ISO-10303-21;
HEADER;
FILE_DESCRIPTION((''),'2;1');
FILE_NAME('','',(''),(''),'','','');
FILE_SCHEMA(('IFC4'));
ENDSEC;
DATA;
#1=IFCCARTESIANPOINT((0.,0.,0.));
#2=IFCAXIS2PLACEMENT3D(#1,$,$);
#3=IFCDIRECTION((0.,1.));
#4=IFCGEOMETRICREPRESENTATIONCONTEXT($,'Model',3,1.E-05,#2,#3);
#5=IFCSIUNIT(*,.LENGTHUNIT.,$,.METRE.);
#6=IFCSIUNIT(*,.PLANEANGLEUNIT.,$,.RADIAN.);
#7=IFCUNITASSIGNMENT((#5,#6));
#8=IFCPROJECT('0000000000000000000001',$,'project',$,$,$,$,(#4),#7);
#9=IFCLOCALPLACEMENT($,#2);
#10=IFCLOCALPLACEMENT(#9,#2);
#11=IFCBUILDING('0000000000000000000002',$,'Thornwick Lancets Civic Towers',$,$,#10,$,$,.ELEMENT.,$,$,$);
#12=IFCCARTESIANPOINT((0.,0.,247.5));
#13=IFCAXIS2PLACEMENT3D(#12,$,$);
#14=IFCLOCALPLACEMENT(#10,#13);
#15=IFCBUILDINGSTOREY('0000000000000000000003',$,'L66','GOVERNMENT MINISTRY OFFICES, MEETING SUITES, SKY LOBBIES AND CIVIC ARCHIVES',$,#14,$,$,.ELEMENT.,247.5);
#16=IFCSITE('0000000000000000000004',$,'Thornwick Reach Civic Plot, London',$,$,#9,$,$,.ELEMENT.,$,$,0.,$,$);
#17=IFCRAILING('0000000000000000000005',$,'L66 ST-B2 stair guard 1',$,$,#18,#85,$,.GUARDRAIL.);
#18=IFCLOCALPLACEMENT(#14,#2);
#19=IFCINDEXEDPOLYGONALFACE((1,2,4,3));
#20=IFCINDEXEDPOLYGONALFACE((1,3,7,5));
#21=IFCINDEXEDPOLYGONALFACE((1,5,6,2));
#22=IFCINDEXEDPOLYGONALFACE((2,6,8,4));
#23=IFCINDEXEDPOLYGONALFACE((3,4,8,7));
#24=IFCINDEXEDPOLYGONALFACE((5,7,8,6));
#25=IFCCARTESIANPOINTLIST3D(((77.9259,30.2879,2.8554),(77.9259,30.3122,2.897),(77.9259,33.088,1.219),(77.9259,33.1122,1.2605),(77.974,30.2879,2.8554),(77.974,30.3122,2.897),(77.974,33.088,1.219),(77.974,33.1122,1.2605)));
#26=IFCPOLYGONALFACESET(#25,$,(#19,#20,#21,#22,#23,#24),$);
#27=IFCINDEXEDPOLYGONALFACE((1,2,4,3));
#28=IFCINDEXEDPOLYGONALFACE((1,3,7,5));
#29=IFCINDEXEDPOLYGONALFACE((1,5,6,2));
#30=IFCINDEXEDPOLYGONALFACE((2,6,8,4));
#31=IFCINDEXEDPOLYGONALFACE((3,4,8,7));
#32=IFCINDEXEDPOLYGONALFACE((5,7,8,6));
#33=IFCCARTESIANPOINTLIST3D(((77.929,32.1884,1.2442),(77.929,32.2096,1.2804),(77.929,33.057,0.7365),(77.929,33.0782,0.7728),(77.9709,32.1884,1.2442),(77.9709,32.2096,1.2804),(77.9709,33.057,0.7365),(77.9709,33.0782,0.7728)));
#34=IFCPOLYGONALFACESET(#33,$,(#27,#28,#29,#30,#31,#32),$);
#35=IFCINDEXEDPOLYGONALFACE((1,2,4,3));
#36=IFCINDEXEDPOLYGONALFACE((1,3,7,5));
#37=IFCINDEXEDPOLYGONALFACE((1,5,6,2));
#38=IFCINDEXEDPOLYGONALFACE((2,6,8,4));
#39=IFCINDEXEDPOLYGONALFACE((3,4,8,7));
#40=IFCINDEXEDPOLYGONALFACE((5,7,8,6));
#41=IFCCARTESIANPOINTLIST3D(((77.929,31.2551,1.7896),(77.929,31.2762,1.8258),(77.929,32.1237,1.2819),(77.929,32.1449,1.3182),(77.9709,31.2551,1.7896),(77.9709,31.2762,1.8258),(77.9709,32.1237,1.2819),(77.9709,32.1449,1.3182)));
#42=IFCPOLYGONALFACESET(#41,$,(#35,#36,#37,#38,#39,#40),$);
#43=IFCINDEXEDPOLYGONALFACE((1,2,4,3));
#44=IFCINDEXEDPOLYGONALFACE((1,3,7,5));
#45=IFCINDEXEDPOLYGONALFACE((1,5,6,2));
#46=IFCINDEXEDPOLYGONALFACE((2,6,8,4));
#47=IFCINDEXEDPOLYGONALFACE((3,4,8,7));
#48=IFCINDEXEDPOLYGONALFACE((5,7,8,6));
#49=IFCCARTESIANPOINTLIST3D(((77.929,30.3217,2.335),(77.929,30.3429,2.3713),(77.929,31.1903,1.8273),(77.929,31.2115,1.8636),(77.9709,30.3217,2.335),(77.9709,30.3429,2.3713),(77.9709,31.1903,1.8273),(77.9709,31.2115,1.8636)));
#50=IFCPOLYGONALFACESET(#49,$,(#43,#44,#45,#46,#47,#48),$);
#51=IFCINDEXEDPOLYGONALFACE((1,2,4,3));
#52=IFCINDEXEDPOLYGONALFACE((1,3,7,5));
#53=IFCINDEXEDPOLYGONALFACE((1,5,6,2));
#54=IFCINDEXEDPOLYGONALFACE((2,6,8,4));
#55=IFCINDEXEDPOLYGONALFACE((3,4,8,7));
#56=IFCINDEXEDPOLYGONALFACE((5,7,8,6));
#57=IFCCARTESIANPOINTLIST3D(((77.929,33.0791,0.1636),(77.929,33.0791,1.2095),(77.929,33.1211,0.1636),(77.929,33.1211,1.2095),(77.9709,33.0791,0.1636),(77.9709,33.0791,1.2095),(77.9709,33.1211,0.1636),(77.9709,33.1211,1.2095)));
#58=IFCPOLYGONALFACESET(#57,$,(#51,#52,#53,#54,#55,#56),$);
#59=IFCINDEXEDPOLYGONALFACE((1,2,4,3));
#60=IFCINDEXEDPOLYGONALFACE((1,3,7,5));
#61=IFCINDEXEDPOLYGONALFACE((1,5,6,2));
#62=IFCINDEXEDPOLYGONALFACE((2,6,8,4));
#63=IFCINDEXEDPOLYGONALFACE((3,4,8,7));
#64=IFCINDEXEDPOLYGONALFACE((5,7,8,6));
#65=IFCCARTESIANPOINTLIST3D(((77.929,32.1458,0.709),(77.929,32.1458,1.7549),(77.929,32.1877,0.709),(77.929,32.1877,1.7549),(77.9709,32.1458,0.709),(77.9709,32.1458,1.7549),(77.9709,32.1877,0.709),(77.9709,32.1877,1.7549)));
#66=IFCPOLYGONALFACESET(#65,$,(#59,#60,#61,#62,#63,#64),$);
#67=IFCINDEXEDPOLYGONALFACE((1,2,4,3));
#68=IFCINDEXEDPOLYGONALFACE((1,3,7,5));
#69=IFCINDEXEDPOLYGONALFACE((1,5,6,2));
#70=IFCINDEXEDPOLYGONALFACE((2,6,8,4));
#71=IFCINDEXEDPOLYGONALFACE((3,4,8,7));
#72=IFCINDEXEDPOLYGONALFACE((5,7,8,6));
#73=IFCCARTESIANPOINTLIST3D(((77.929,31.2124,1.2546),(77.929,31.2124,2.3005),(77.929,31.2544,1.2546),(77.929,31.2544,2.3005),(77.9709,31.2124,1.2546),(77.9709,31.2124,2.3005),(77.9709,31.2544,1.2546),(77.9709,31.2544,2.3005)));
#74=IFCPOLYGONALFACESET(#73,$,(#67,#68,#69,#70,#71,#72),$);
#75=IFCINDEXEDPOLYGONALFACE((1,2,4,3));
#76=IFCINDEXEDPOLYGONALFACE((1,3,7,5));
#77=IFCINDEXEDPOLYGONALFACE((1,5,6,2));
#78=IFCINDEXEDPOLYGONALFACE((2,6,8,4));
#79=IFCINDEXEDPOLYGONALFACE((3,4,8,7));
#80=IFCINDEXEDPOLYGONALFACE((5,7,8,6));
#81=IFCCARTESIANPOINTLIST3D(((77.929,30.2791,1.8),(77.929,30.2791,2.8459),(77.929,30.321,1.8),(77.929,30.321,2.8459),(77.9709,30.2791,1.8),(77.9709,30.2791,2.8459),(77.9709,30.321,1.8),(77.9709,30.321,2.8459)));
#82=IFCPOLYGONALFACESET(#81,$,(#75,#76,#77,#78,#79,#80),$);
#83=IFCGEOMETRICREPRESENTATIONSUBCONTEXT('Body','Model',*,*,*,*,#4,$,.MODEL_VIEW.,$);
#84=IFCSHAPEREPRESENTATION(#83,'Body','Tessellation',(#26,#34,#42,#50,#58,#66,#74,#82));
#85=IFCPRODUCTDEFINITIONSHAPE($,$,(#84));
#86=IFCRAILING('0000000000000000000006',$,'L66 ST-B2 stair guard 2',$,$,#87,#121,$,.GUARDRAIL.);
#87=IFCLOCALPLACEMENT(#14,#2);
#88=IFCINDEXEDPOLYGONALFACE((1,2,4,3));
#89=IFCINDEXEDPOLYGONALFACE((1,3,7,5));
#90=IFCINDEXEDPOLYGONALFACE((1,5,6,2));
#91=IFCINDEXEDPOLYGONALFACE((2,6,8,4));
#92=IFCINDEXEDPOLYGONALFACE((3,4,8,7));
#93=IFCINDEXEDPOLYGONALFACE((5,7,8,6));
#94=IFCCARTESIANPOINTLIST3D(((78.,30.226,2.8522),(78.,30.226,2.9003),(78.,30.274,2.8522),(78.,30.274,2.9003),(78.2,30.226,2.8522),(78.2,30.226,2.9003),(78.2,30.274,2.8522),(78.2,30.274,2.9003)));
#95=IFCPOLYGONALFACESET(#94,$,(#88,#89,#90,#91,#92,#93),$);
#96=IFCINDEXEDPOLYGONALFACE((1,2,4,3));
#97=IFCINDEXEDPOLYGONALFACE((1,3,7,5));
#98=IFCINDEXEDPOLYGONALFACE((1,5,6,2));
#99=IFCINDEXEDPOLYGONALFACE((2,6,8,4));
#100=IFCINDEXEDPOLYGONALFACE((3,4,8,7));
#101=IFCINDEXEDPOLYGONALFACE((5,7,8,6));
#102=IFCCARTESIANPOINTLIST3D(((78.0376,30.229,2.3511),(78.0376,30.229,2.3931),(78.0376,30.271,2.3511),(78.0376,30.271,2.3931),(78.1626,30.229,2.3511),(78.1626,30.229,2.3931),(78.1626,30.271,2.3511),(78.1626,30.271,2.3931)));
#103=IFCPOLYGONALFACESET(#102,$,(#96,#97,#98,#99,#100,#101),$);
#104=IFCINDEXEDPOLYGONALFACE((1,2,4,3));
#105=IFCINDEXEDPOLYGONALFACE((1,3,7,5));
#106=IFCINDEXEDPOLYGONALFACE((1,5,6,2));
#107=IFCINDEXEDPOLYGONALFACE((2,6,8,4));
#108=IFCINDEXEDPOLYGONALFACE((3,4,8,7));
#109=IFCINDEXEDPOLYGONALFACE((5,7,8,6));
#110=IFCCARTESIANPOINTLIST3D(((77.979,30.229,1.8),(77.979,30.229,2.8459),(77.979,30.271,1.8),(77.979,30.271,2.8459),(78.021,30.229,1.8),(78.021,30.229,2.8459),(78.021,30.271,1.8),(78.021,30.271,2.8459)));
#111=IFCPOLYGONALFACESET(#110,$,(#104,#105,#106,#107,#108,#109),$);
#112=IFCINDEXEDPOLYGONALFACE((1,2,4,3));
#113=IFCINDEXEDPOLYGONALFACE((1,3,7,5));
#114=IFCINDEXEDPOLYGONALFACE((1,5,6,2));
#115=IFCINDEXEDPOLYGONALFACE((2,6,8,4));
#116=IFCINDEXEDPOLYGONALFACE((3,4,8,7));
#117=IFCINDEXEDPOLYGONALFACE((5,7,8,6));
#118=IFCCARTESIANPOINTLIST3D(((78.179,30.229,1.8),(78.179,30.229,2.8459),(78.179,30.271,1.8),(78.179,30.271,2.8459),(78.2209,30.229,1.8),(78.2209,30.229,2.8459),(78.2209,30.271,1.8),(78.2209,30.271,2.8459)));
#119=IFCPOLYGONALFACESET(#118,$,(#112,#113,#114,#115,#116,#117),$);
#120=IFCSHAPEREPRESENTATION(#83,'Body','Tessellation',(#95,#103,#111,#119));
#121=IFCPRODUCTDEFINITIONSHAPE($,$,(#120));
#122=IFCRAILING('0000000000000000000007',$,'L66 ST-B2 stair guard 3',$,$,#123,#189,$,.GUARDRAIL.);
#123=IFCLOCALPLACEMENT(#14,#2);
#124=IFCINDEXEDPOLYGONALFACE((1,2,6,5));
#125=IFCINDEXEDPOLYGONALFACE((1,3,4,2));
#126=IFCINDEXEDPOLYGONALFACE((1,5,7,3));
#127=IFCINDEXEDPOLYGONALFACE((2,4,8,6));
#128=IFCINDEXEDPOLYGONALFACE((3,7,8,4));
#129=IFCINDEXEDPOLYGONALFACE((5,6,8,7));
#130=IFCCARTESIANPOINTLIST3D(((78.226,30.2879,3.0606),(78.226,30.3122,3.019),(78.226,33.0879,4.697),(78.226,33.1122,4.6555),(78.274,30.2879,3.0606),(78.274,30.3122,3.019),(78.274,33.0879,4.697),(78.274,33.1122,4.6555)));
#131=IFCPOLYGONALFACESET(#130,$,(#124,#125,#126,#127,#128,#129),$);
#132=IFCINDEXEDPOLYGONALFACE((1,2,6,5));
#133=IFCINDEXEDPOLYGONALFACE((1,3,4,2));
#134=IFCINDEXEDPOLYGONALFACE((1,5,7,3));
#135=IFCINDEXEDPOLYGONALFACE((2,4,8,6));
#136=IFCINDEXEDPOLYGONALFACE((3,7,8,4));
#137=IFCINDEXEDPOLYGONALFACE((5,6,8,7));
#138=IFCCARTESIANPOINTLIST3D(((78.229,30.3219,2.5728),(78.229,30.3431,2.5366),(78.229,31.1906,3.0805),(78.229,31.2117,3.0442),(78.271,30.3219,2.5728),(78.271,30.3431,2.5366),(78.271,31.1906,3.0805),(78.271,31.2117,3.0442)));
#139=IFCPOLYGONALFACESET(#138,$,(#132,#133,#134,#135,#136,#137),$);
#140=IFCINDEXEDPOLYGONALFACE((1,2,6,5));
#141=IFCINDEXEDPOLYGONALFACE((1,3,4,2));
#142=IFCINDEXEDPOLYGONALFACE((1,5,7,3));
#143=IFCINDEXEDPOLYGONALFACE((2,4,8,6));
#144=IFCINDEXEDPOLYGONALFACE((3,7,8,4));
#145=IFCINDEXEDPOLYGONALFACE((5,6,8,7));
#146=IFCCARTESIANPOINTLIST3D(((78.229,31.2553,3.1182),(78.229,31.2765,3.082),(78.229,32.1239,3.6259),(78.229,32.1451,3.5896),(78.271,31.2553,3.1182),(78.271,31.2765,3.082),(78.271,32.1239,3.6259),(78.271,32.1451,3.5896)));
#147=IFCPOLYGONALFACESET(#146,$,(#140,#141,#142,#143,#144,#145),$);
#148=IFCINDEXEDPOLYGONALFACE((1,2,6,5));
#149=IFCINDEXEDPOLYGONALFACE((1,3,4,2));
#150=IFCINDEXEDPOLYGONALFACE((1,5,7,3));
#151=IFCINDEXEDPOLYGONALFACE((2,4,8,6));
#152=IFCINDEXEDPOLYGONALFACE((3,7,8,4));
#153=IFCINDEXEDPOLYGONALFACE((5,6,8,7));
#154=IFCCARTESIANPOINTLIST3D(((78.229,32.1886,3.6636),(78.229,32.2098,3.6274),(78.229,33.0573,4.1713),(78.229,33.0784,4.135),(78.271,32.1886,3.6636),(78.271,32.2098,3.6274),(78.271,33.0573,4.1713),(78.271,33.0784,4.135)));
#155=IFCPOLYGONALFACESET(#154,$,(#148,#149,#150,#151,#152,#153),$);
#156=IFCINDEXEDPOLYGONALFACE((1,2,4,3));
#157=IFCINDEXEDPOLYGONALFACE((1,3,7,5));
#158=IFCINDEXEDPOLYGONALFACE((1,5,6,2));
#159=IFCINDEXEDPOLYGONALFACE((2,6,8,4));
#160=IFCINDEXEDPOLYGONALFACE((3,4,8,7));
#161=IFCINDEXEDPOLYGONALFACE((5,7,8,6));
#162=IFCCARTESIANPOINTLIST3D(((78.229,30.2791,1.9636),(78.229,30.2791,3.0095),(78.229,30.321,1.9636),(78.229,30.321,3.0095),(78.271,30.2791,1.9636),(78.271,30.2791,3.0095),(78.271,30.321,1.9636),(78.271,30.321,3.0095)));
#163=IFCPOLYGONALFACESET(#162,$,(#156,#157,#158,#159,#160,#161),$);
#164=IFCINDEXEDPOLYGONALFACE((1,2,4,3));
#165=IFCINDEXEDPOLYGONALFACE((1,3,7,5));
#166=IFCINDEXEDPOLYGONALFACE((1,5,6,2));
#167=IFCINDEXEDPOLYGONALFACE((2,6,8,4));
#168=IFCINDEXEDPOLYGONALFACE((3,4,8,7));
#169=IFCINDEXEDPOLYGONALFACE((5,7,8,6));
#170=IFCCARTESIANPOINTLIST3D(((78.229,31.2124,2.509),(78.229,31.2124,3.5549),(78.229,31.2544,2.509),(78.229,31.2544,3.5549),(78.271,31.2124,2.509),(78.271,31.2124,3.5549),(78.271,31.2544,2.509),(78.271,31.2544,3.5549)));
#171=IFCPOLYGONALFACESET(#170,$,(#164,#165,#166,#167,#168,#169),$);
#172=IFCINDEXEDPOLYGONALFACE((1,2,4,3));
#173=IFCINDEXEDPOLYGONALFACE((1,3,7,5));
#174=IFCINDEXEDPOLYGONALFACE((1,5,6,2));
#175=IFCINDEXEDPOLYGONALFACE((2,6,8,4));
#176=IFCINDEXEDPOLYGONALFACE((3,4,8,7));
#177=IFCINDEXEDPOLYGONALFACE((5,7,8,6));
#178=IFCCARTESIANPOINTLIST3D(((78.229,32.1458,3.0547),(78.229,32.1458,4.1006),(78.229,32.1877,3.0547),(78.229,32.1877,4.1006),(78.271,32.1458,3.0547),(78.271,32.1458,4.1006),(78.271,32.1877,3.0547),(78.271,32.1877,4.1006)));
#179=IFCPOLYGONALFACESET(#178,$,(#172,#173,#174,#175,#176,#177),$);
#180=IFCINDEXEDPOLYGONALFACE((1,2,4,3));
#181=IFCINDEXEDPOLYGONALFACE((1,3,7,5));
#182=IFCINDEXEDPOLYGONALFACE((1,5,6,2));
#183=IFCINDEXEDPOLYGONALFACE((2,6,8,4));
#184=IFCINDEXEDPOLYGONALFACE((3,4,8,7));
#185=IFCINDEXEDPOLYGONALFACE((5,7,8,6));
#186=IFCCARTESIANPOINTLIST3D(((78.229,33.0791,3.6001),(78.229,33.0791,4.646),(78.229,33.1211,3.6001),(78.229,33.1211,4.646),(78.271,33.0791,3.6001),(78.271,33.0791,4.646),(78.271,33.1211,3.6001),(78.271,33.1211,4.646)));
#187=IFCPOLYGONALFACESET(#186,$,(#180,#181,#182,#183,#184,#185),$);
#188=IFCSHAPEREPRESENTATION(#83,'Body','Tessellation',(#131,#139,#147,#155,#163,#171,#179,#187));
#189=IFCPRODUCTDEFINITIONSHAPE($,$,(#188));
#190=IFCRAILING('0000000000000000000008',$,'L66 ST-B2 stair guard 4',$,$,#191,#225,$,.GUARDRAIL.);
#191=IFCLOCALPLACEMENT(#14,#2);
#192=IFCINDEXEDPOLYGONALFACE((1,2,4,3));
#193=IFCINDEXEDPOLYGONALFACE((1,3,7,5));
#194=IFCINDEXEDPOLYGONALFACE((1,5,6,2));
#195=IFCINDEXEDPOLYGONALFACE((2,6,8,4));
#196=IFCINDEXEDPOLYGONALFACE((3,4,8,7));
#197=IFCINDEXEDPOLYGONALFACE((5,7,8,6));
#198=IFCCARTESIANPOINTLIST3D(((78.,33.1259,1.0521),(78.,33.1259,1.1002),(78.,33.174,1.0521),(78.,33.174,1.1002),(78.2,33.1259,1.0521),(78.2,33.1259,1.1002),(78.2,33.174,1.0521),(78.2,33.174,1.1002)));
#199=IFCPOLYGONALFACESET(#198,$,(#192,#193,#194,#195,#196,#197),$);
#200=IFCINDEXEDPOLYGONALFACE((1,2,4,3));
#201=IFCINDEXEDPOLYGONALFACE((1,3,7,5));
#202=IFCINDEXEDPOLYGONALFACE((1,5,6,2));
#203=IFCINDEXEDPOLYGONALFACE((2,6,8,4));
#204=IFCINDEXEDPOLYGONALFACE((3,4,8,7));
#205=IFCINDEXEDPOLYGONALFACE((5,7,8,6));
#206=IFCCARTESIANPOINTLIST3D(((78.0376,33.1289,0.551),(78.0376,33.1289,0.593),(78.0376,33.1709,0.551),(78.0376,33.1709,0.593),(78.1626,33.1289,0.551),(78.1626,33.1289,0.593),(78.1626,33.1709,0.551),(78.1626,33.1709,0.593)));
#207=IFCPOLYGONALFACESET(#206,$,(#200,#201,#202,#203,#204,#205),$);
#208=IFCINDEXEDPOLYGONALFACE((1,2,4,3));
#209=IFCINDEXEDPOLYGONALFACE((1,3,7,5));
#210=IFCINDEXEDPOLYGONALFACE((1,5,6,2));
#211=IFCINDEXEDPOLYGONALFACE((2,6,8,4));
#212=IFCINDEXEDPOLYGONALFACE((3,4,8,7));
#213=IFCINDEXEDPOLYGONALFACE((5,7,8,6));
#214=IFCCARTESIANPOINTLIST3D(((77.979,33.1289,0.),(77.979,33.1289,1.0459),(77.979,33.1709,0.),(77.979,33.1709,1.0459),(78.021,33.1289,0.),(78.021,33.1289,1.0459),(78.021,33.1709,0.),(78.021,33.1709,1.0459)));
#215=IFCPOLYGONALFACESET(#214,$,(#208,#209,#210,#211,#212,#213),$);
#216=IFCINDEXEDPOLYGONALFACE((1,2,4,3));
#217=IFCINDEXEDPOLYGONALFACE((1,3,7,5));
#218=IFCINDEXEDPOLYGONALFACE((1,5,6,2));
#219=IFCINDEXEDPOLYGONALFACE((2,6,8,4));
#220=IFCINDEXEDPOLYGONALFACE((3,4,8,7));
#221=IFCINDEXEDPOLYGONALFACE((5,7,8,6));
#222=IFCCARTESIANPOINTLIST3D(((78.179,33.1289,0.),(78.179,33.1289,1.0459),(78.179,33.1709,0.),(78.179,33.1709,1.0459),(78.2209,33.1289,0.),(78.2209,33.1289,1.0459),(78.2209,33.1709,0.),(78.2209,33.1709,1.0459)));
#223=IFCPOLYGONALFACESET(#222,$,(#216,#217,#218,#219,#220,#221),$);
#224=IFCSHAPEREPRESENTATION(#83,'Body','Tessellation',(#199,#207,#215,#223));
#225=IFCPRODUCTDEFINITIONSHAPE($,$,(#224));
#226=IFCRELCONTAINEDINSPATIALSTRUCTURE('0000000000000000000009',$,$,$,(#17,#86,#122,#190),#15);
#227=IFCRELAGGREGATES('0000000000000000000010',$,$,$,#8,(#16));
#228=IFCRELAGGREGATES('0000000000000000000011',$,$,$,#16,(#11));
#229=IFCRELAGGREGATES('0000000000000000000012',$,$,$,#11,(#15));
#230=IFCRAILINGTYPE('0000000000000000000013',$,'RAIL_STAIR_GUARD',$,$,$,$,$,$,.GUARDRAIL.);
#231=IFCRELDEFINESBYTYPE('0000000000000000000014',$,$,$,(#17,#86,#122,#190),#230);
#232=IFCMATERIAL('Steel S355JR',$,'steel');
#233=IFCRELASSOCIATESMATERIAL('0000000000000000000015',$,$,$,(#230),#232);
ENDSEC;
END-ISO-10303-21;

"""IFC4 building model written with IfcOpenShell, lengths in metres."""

from ifc_helpers import new_model, si_unit, direction, frame, origin, origin_2d, place, context, subcontext, project, spatial, rectangle, extrude, material, type_object, element, save


model = new_model("IFC4")

# Units and contexts
model_context = context("Model", 3, precision=1e-05, world=origin(), true_north=direction((0.0, 1.0)))
body_context = subcontext(model_context, "Body", "Model", "MODEL_VIEW")
ifc_project = project(units=[si_unit("LENGTHUNIT", "METRE"), si_unit("PLANEANGLEUNIT", "RADIAN")], contexts=[model_context])

# Site, building, storey
site_placement = place(None, origin())
site = spatial("IfcSite", under=ifc_project, at=site_placement, Name="Thornwick Reach Civic Plot, London", CompositionType="ELEMENT", RefElevation=0.0)
building_placement = place(site_placement, origin())
building = spatial("IfcBuilding", under=site, at=building_placement, Name="Thornwick Lancets Civic Towers", CompositionType="ELEMENT")
storey_placement = place(building_placement, frame((0.0, 0.0, 247.5)))
storey = spatial("IfcBuildingStorey", under=building, at=storey_placement, Name="L66", Description="GOVERNMENT MINISTRY OFFICES, MEETING SUITES, SKY LOBBIES AND CIVIC ARCHIVES", CompositionType="ELEMENT", Elevation=247.5)

# Shared definitions
ifc_material_1 = material(Name="Steel S355JR", Category="steel")

# Railings
railing_type_1 = type_object("IfcRailingType", Name="RAIL_STAIR_GUARD", PredefinedType="GUARDRAIL", material=ifc_material_1)
railing_1_placement = place(storey_placement, frame((77.95, 33.1001, 0.1636)))
element("IfcRailing", 1, at=railing_1_placement, inside=storey, type_object=railing_type_1, Name="L66 ST-B2 stair guard 1", PredefinedType="GUARDRAIL", context=body_context, shape_type="SweptSolid", body=[
    extrude(rectangle(XDim=0.0481, YDim=0.0481, at=origin_2d()), frame((0.0, 0.0, 1.0762), z_axis=(0.0, -0.863361, 0.504587), x_axis=(1.0, 0.0, 0.0)), (0.0, 0.0, 1.0), 3.2432),
    extrude(rectangle(XDim=0.042, YDim=0.042, at=origin_2d()), frame((0.0, -0.0325, 0.5911), z_axis=(0.0, -0.863361, 0.504587), x_axis=(1.0, 0.0, 0.0)), (0.0, 0.0, 1.0), 1.0061),
    extrude(rectangle(XDim=0.042, YDim=0.042, at=origin_2d()), frame((0.0, -0.9658, 1.1365), z_axis=(0.0, -0.863361, 0.504587), x_axis=(1.0, 0.0, 0.0)), (0.0, 0.0, 1.0), 1.0061),
    extrude(rectangle(XDim=0.042, YDim=0.042, at=origin_2d()), frame((0.0, -1.8992, 1.6819), z_axis=(0.0, -0.863361, 0.504587), x_axis=(1.0, 0.0, 0.0)), (0.0, 0.0, 1.0), 1.0061),
    extrude(rectangle(XDim=0.042, YDim=0.042, at=origin_2d()), origin(), (0.0, 0.0, 1.0), 1.0459),
    extrude(rectangle(XDim=0.042, YDim=0.042, at=origin_2d()), frame((0.0, -0.9333, 0.5454)), (0.0, 0.0, 1.0), 1.0459),
    extrude(rectangle(XDim=0.042, YDim=0.042, at=origin_2d()), frame((0.0, -1.8667, 1.0911)), (0.0, 0.0, 1.0), 1.0459),
    extrude(rectangle(XDim=0.042, YDim=0.042, at=origin_2d()), frame((0.0, -2.8, 1.6365)), (0.0, 0.0, 1.0), 1.0459),
])
railing_2_placement = place(storey_placement, frame((78.0, 30.25, 1.8)))
element("IfcRailing", 2, at=railing_2_placement, inside=storey, type_object=railing_type_1, Name="L66 ST-B2 stair guard 2", PredefinedType="GUARDRAIL", context=body_context, shape_type="SweptSolid", body=[
    extrude(rectangle(XDim=0.0481, YDim=0.0481, at=origin_2d()), frame((0.0, 0.0, 1.0762), z_axis=(1.0, 0.0, 0.0), x_axis=(0.0, 1.0, 0.0)), (0.0, 0.0, 1.0), 0.2),
    extrude(rectangle(XDim=0.042, YDim=0.042, at=origin_2d()), frame((0.0376, 0.0, 0.572), z_axis=(1.0, 0.0, 0.0), x_axis=(0.0, 1.0, 0.0)), (0.0, 0.0, 1.0), 0.125),
    extrude(rectangle(XDim=0.042, YDim=0.042, at=origin_2d()), origin(), (0.0, 0.0, 1.0), 1.0459),
    extrude(rectangle(XDim=0.042, YDim=0.042, at=origin_2d()), frame((0.2, 0.0, 0.0)), (0.0, 0.0, 1.0), 1.0459),
])
railing_3_placement = place(storey_placement, frame((78.25, 30.3, 1.9636)))
element("IfcRailing", 3, at=railing_3_placement, inside=storey, type_object=railing_type_1, Name="L66 ST-B2 stair guard 3", PredefinedType="GUARDRAIL", context=body_context, shape_type="SweptSolid", body=[
    extrude(rectangle(XDim=0.0481, YDim=0.0481, at=origin_2d()), frame((0.0, 0.0, 1.0762), z_axis=(0.0, 0.863361, 0.504587), x_axis=(-1.0, 0.0, 0.0)), (0.0, 0.0, 1.0), 3.2432),
    extrude(rectangle(XDim=0.042, YDim=0.042, at=origin_2d()), frame((0.0, 0.0325, 0.5911), z_axis=(0.0, 0.863361, 0.504587), x_axis=(-1.0, 0.0, 0.0)), (0.0, 0.0, 1.0), 1.0061),
    extrude(rectangle(XDim=0.042, YDim=0.042, at=origin_2d()), frame((0.0, 0.9658, 1.1365), z_axis=(0.0, 0.863361, 0.504587), x_axis=(-1.0, 0.0, 0.0)), (0.0, 0.0, 1.0), 1.0061),
    extrude(rectangle(XDim=0.042, YDim=0.042, at=origin_2d()), frame((0.0, 1.8992, 1.6819), z_axis=(0.0, 0.863361, 0.504587), x_axis=(-1.0, 0.0, 0.0)), (0.0, 0.0, 1.0), 1.0061),
    extrude(rectangle(XDim=0.042, YDim=0.042, at=origin_2d()), origin(), (0.0, 0.0, 1.0), 1.0459),
    extrude(rectangle(XDim=0.042, YDim=0.042, at=origin_2d()), frame((0.0, 0.9333, 0.5454)), (0.0, 0.0, 1.0), 1.0459),
    extrude(rectangle(XDim=0.042, YDim=0.042, at=origin_2d()), frame((0.0, 1.8667, 1.0911)), (0.0, 0.0, 1.0), 1.0459),
    extrude(rectangle(XDim=0.042, YDim=0.042, at=origin_2d()), frame((0.0, 2.8, 1.6365)), (0.0, 0.0, 1.0), 1.0459),
])
railing_4_placement = place(storey_placement, frame((78.0, 33.1499, 0.0)))
element("IfcRailing", 4, at=railing_4_placement, inside=storey, type_object=railing_type_1, Name="L66 ST-B2 stair guard 4", PredefinedType="GUARDRAIL", context=body_context, shape_type="SweptSolid", body=[
    extrude(rectangle(XDim=0.0481, YDim=0.0481, at=origin_2d()), frame((0.0, 0.0, 1.0762), z_axis=(1.0, 0.0, 0.0), x_axis=(0.0, 1.0, 0.0)), (0.0, 0.0, 1.0), 0.2),
    extrude(rectangle(XDim=0.042, YDim=0.042, at=origin_2d()), frame((0.0376, 0.0, 0.572), z_axis=(1.0, 0.0, 0.0), x_axis=(0.0, 1.0, 0.0)), (0.0, 0.0, 1.0), 0.125),
    extrude(rectangle(XDim=0.042, YDim=0.042, at=origin_2d()), origin(), (0.0, 0.0, 1.0), 1.0459),
    extrude(rectangle(XDim=0.042, YDim=0.042, at=origin_2d()), frame((0.2, 0.0, 0.0)), (0.0, 0.0, 1.0), 1.0459),
])

save(model, "model.ifc")
